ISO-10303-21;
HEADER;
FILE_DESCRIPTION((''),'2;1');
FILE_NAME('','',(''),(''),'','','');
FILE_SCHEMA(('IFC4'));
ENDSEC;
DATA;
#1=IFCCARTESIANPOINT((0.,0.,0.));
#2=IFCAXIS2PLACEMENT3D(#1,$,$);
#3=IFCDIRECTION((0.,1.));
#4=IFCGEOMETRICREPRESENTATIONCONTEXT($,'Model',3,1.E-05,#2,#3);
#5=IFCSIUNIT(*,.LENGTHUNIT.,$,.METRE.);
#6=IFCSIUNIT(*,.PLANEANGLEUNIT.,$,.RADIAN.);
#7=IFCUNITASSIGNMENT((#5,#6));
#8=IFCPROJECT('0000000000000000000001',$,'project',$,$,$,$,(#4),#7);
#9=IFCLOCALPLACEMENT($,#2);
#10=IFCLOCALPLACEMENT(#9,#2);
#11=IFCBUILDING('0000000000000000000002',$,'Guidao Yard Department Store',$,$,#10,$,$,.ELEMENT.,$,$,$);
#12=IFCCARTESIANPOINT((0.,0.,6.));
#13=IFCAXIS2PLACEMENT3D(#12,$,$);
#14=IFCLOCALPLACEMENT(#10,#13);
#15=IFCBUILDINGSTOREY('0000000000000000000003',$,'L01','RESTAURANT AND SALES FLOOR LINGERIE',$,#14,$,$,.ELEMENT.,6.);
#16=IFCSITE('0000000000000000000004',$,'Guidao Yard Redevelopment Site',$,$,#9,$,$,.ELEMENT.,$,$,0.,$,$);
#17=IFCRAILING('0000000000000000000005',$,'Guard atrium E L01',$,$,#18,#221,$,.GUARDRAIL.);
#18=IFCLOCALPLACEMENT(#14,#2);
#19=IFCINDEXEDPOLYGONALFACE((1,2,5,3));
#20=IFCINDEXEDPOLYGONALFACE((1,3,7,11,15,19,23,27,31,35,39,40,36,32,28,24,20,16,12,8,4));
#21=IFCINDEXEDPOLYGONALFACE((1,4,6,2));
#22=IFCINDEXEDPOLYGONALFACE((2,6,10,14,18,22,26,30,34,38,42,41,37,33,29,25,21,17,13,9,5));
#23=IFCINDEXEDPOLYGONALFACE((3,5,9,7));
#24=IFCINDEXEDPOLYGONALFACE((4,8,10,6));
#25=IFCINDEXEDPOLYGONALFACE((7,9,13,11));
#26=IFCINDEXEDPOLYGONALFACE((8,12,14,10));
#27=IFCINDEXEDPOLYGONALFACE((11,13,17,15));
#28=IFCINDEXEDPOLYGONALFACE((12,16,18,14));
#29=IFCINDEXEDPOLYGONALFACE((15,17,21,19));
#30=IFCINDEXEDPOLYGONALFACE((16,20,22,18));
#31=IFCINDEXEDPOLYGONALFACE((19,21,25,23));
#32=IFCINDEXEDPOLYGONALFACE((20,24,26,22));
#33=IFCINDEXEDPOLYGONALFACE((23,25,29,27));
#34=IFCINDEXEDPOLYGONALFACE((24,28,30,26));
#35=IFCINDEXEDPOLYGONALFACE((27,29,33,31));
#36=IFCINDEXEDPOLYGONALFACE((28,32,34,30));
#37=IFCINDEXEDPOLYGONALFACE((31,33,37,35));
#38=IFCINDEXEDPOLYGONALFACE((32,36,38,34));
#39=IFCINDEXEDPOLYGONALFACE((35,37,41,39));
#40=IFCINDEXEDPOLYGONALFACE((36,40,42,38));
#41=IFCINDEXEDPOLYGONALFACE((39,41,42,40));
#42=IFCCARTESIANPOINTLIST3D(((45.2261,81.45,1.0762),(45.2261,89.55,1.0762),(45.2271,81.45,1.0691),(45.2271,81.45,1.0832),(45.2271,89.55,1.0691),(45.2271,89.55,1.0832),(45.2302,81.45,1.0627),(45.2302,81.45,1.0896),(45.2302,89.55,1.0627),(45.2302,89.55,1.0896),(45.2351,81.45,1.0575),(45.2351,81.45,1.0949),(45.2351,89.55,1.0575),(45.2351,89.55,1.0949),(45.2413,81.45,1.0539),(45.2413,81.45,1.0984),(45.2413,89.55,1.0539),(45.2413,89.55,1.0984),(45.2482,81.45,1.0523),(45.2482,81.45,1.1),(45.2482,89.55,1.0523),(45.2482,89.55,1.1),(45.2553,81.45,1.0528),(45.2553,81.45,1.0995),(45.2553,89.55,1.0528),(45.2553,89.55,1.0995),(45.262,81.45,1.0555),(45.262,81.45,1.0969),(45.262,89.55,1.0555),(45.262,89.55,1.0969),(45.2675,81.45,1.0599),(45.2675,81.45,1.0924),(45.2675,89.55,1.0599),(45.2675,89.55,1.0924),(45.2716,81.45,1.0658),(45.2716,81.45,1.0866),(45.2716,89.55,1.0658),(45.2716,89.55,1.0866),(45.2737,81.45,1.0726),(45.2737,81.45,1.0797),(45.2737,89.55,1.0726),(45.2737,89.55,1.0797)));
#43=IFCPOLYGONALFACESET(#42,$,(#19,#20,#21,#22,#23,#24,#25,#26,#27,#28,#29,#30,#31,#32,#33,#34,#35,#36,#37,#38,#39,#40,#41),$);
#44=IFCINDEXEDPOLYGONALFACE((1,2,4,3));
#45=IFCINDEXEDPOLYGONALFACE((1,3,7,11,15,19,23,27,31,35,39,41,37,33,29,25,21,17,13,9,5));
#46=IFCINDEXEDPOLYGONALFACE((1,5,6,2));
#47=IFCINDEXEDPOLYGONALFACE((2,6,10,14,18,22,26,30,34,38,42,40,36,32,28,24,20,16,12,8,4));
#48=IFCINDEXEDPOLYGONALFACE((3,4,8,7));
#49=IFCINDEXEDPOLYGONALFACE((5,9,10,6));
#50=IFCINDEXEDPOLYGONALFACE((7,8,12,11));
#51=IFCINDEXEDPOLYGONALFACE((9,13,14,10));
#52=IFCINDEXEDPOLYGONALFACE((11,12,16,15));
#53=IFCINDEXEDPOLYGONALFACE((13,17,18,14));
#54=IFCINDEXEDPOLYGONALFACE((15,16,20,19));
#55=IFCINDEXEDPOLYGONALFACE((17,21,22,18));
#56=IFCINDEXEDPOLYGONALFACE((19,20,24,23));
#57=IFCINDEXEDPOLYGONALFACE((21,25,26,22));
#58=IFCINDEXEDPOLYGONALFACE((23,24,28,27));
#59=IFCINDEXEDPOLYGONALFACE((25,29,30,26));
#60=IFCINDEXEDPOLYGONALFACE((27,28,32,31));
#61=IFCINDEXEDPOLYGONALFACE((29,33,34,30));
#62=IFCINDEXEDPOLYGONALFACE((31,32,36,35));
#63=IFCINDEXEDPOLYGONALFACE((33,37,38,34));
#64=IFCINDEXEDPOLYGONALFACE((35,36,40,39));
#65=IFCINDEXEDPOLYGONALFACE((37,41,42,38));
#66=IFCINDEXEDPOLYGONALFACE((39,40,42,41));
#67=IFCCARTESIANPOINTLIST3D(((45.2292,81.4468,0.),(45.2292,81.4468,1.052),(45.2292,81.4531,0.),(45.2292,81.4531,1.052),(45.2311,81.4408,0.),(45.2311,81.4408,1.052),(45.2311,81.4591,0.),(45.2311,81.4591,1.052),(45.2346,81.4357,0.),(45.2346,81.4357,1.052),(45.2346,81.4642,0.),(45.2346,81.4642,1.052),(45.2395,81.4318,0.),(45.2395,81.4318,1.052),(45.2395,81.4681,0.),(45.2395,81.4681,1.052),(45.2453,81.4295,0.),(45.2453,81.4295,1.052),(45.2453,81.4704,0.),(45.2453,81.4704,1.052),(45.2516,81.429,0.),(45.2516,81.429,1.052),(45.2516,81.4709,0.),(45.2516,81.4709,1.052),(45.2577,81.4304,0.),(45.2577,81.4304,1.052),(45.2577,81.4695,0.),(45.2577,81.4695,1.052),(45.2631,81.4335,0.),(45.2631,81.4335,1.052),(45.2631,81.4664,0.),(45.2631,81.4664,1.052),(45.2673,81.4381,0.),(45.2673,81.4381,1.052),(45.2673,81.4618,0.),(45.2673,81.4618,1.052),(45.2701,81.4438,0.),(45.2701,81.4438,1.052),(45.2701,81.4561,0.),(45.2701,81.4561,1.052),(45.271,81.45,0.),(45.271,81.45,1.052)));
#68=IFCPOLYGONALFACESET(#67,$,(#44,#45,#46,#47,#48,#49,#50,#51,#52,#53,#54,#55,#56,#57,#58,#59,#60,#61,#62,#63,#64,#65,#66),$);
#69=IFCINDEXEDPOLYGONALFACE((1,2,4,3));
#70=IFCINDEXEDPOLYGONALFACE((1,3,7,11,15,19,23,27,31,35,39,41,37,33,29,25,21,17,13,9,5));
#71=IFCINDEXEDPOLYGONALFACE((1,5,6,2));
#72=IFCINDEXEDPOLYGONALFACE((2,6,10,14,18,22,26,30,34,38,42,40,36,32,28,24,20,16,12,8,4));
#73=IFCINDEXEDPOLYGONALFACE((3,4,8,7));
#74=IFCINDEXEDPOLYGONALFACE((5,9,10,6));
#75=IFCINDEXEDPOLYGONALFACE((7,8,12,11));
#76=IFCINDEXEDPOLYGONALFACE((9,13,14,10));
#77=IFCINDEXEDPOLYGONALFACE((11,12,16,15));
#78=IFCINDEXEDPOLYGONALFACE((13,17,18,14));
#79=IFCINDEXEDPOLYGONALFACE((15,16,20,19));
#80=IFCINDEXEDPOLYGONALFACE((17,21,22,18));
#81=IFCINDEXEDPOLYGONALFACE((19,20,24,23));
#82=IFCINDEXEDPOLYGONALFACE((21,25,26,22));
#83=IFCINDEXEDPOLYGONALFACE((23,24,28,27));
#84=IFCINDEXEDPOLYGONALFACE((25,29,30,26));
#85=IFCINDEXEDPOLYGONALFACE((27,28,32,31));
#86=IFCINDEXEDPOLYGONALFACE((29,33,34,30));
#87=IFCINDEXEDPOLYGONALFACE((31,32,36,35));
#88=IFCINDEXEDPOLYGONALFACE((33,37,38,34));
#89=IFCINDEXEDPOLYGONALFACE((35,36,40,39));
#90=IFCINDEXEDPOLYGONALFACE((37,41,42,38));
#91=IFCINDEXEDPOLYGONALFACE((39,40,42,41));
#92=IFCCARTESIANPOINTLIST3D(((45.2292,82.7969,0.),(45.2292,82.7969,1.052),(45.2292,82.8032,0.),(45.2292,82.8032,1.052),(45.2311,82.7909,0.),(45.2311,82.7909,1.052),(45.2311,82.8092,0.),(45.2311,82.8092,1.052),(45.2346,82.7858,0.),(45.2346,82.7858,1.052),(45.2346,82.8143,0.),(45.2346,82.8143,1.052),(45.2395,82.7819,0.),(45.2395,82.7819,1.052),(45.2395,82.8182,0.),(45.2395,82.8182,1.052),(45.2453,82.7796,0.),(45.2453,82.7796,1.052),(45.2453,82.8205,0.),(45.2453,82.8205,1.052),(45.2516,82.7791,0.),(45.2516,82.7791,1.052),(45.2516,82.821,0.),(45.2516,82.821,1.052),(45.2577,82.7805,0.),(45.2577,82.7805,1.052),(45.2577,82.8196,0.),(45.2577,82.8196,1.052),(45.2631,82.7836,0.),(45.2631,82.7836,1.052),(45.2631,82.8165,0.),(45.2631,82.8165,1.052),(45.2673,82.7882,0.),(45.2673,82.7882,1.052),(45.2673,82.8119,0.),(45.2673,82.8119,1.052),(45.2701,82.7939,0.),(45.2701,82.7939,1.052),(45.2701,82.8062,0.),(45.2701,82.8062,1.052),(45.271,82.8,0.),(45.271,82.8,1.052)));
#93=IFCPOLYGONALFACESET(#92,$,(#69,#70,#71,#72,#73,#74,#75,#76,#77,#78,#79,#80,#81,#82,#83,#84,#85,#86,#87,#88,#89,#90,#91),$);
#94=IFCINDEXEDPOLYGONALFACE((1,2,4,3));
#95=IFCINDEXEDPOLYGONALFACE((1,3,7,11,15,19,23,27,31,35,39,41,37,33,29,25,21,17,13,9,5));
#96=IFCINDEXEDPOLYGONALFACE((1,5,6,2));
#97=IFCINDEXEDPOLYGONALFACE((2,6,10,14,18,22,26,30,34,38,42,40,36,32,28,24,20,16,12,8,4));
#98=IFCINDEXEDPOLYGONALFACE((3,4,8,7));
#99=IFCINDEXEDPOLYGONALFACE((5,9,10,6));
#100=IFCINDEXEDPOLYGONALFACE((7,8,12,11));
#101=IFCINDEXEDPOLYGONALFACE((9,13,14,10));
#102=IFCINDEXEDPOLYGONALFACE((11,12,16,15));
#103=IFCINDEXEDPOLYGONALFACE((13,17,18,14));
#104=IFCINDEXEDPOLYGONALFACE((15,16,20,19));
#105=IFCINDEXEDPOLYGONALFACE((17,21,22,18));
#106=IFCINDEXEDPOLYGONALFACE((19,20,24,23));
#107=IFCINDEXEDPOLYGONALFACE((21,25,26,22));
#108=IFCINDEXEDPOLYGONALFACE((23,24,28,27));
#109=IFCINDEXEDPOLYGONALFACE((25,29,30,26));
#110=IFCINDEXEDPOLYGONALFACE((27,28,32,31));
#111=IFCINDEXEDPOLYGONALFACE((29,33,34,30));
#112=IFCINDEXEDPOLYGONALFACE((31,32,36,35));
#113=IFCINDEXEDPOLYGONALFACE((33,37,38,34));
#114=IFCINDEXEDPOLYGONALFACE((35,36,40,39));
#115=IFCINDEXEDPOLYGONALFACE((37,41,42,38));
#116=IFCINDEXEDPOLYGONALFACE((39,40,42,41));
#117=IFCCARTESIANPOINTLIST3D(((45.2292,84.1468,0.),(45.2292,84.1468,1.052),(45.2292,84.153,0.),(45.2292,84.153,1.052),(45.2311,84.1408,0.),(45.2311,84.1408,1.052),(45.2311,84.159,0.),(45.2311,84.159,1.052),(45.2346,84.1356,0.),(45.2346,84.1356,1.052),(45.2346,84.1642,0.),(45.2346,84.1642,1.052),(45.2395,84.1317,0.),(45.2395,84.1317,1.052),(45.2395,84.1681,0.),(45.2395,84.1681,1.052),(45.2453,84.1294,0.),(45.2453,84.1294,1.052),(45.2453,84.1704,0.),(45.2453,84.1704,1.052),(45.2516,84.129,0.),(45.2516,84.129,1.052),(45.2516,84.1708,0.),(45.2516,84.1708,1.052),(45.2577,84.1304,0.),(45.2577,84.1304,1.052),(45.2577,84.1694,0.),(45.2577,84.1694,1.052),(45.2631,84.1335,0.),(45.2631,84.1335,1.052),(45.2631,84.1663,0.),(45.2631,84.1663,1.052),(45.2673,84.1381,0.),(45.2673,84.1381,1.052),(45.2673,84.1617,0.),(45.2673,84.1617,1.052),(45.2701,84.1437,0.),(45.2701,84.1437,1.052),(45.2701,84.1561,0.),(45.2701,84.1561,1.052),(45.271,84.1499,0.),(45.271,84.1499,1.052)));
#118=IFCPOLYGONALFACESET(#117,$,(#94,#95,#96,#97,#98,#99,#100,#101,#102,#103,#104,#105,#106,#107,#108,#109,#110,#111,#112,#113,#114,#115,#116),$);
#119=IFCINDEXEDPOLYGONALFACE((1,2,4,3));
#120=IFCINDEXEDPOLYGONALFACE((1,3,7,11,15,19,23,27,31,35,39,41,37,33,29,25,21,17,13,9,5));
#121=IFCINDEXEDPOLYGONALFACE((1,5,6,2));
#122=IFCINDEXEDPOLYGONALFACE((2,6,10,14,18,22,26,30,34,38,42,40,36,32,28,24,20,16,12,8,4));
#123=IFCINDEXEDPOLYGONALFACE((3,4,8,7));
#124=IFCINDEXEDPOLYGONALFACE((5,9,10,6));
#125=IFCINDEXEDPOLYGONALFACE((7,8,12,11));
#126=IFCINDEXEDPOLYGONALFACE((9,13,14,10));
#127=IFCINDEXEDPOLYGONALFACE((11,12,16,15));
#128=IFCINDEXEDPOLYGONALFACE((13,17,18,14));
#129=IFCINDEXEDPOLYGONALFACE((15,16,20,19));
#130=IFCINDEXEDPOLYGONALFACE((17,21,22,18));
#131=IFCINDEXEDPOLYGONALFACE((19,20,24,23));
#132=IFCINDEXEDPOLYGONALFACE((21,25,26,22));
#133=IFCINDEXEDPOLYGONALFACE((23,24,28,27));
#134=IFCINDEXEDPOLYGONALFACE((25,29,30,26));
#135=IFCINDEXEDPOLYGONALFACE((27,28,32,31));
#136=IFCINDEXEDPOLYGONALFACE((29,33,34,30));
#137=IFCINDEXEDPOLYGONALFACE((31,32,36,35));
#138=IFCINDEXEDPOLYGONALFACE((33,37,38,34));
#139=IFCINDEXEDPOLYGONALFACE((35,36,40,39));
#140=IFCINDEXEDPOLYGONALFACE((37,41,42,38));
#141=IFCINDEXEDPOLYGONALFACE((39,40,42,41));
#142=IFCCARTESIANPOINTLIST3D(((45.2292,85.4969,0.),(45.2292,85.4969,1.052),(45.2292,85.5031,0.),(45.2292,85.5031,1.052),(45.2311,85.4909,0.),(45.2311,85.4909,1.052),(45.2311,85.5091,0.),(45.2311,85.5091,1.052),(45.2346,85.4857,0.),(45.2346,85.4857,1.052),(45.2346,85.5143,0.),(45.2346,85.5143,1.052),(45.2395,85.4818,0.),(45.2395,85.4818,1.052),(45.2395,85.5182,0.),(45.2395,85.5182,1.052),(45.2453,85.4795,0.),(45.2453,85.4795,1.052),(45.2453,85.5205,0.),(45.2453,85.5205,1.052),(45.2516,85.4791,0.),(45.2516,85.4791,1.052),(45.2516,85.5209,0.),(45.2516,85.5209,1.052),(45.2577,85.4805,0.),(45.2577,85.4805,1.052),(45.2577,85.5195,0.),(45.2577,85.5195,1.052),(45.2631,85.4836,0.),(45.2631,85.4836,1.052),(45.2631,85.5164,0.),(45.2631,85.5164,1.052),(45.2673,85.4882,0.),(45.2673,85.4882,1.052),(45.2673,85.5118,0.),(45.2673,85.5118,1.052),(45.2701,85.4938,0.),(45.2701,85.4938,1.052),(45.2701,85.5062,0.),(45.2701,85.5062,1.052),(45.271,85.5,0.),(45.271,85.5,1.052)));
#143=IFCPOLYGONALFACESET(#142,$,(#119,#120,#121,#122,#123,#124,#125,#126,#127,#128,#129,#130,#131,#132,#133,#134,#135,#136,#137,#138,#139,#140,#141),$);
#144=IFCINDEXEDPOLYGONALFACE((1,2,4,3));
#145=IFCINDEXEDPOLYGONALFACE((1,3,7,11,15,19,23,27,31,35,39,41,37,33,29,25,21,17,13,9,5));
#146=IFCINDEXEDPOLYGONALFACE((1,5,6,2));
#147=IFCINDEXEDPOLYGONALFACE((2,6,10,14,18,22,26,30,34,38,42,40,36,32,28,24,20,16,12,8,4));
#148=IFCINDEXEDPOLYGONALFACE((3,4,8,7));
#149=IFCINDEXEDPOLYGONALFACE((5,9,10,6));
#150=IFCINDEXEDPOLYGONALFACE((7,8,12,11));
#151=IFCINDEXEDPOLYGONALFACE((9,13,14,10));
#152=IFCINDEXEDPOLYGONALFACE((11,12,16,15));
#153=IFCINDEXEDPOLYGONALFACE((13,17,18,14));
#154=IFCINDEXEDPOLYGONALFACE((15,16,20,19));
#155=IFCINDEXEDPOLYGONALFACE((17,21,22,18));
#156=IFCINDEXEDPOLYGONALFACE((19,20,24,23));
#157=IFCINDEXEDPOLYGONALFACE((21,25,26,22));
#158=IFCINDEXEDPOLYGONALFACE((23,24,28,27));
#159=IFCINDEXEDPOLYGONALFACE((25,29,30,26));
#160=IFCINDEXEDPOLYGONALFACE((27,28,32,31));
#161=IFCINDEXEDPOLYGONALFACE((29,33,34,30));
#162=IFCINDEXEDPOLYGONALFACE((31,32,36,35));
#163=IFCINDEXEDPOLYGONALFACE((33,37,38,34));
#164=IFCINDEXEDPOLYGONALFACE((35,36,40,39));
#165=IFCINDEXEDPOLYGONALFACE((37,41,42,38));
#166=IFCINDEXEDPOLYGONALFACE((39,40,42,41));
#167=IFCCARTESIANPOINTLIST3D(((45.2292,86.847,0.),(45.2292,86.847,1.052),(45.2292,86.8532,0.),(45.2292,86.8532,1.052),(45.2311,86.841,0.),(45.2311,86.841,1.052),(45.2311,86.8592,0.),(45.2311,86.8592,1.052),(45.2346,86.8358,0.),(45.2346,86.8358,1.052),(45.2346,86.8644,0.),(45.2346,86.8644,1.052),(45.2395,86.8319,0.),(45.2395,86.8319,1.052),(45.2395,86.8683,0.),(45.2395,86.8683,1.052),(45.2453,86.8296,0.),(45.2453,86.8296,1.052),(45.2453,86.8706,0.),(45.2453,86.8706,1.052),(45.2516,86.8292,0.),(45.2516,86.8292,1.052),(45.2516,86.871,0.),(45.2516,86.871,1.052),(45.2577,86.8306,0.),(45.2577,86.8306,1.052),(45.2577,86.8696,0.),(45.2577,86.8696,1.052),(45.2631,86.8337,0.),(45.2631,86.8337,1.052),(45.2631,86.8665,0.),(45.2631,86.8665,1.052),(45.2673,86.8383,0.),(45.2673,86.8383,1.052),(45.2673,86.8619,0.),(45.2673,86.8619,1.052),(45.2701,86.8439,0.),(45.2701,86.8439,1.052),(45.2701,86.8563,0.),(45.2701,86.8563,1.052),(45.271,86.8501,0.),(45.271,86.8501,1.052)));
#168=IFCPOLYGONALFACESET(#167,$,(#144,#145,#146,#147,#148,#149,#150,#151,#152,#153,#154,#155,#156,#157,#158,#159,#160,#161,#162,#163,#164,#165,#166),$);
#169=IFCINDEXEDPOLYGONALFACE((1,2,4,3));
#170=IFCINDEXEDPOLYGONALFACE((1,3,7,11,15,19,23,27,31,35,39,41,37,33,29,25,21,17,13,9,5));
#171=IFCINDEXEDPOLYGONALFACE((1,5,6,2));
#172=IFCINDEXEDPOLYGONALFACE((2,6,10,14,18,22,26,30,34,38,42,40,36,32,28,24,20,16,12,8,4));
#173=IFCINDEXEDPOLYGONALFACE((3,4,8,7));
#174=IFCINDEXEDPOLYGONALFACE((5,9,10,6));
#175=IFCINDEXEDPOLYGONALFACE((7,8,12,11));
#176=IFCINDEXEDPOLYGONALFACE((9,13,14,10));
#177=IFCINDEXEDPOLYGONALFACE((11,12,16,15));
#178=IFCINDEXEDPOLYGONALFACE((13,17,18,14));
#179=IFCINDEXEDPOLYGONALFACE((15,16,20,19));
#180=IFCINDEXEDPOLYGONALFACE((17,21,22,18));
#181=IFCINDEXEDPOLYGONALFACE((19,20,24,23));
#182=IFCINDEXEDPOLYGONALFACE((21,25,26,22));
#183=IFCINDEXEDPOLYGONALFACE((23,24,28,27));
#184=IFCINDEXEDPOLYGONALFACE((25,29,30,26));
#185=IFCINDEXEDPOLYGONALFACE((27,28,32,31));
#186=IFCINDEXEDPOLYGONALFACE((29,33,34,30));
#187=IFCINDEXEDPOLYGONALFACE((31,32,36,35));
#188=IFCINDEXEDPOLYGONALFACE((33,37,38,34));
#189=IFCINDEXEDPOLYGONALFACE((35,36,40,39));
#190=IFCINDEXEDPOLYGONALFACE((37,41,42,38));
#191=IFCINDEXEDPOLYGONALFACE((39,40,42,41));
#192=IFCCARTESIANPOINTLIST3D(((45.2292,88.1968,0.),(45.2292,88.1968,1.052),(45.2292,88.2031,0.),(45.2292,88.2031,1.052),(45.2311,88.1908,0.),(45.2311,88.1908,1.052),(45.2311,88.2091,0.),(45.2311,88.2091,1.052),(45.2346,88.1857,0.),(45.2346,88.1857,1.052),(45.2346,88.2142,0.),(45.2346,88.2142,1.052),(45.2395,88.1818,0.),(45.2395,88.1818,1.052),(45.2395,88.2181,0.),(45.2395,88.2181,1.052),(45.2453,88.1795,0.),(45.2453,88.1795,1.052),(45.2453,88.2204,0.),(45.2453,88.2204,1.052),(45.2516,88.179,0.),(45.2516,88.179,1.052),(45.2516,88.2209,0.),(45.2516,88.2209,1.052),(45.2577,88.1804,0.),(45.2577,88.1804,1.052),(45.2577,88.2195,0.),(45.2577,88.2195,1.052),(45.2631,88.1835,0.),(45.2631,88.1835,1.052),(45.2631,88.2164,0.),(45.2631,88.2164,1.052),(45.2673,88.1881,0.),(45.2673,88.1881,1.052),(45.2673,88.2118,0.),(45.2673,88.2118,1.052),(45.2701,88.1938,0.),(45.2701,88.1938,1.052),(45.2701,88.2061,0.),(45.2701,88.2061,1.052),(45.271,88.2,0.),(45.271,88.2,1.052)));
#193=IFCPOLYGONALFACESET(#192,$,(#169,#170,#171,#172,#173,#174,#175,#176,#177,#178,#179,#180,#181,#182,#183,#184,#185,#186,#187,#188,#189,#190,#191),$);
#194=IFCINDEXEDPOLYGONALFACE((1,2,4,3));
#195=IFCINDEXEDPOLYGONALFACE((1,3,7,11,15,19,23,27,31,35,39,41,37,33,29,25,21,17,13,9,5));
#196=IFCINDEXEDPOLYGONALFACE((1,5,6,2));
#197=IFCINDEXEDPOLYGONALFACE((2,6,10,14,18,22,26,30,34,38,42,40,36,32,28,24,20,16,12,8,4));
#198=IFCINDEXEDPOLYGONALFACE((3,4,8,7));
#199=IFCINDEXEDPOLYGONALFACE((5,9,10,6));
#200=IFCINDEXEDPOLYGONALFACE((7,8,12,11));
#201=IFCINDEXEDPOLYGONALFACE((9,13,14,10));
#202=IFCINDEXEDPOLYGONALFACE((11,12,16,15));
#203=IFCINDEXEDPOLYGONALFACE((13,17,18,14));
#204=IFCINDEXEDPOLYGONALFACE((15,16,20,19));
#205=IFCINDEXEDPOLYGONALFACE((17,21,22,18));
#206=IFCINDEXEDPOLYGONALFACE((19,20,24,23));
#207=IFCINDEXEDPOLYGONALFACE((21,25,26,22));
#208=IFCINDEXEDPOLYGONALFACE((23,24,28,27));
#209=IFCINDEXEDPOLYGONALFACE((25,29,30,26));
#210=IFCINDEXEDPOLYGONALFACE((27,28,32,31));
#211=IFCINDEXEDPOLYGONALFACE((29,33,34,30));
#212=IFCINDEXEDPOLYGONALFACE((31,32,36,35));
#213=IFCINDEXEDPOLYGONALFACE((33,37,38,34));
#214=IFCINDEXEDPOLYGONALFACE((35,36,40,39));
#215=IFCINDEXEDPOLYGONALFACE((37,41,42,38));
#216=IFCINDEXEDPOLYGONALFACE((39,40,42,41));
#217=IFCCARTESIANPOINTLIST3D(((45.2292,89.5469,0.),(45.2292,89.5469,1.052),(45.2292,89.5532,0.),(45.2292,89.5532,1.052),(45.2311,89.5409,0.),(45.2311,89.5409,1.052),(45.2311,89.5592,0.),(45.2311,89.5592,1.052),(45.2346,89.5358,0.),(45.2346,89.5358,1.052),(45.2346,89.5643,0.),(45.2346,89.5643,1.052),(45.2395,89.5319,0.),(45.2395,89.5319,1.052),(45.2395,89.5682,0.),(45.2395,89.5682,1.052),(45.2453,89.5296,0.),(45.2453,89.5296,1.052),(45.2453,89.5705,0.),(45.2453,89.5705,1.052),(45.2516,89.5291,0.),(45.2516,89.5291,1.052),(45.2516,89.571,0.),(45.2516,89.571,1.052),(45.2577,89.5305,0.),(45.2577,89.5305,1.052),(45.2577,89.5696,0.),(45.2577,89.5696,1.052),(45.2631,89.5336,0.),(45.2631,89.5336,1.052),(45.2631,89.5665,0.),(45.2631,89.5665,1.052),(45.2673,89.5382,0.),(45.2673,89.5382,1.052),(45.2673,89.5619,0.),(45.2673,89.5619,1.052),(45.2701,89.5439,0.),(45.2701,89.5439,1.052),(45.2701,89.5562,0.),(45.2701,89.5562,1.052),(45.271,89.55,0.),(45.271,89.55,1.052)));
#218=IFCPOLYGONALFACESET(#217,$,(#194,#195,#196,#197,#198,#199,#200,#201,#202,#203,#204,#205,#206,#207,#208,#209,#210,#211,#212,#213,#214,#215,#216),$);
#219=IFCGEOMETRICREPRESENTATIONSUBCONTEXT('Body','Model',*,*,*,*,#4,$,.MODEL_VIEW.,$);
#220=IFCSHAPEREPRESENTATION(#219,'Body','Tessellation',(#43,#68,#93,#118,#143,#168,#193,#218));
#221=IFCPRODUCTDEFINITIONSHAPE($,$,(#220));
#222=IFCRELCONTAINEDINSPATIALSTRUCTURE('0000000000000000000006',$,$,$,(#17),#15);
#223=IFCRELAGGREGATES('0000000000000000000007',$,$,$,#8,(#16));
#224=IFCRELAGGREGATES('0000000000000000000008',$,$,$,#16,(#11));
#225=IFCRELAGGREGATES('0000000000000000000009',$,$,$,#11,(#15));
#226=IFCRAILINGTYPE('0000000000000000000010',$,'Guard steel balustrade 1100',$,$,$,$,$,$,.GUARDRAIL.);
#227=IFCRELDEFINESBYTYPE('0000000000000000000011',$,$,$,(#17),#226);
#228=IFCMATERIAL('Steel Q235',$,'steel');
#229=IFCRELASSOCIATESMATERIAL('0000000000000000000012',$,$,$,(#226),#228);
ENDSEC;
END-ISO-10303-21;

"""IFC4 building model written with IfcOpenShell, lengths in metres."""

from ifc_helpers import new_model, si_unit, direction, frame, origin, origin_2d, place, context, subcontext, project, spatial, circle, extrude, material, type_object, element, save


model = new_model("IFC4")

# Units and contexts
model_context = context("Model", 3, precision=1e-05, world=origin(), true_north=direction((0.0, 1.0)))
body_context = subcontext(model_context, "Body", "Model", "MODEL_VIEW")
ifc_project = project(units=[si_unit("LENGTHUNIT", "METRE"), si_unit("PLANEANGLEUNIT", "RADIAN")], contexts=[model_context])

# Site, building, storey
site_placement = place(None, origin())
site = spatial("IfcSite", under=ifc_project, at=site_placement, Name="Guidao Yard Redevelopment Site", CompositionType="ELEMENT", RefElevation=0.0)
building_placement = place(site_placement, origin())
building = spatial("IfcBuilding", under=site, at=building_placement, Name="Guidao Yard Department Store", CompositionType="ELEMENT")
storey_placement = place(building_placement, frame((0.0, 0.0, 6.0)))
storey = spatial("IfcBuildingStorey", under=building, at=storey_placement, Name="L01", Description="RESTAURANT AND SALES FLOOR LINGERIE", CompositionType="ELEMENT", Elevation=6.0)

# Railing
ifc_material_1 = material(Name="Steel Q235", Category="steel")
railing_type_1 = type_object("IfcRailingType", Name="Guard steel balustrade 1100", PredefinedType="GUARDRAIL", material=ifc_material_1)
for number, where, name in (
    (1, (45.25, 81.45, 0.0), "Guard atrium E L01"),
):
    element("IfcRailing", number, at=place(storey_placement, frame(where)), inside=storey, type_object=railing_type_1, Name=name, PredefinedType="GUARDRAIL", context=body_context, shape_type="SweptSolid", body=[
        extrude(circle(Radius=0.0239, at=origin_2d()), frame((0.0, 0.0, 1.0762), z_axis=(0.0, 1.0, 0.0), x_axis=(-1.0, 0.0, 0.0)), (0.0, 0.0, 1.0), 8.1001),
        extrude(circle(Radius=0.021, at=origin_2d()), origin(), (0.0, 0.0, 1.0), 1.052),
        extrude(circle(Radius=0.021, at=origin_2d()), frame((0.0, 1.3501, 0.0)), (0.0, 0.0, 1.0), 1.052),
        extrude(circle(Radius=0.021, at=origin_2d()), frame((0.0, 2.7, 0.0)), (0.0, 0.0, 1.0), 1.052),
        extrude(circle(Radius=0.021, at=origin_2d()), frame((0.0, 4.05, 0.0)), (0.0, 0.0, 1.0), 1.052),
        extrude(circle(Radius=0.021, at=origin_2d()), frame((0.0, 5.4001, 0.0)), (0.0, 0.0, 1.0), 1.052),
        extrude(circle(Radius=0.021, at=origin_2d()), frame((0.0, 6.75, 0.0)), (0.0, 0.0, 1.0), 1.052),
        extrude(circle(Radius=0.021, at=origin_2d()), frame((0.0, 8.1001, 0.0)), (0.0, 0.0, 1.0), 1.052),
    ])

save(model, "model.ifc")
